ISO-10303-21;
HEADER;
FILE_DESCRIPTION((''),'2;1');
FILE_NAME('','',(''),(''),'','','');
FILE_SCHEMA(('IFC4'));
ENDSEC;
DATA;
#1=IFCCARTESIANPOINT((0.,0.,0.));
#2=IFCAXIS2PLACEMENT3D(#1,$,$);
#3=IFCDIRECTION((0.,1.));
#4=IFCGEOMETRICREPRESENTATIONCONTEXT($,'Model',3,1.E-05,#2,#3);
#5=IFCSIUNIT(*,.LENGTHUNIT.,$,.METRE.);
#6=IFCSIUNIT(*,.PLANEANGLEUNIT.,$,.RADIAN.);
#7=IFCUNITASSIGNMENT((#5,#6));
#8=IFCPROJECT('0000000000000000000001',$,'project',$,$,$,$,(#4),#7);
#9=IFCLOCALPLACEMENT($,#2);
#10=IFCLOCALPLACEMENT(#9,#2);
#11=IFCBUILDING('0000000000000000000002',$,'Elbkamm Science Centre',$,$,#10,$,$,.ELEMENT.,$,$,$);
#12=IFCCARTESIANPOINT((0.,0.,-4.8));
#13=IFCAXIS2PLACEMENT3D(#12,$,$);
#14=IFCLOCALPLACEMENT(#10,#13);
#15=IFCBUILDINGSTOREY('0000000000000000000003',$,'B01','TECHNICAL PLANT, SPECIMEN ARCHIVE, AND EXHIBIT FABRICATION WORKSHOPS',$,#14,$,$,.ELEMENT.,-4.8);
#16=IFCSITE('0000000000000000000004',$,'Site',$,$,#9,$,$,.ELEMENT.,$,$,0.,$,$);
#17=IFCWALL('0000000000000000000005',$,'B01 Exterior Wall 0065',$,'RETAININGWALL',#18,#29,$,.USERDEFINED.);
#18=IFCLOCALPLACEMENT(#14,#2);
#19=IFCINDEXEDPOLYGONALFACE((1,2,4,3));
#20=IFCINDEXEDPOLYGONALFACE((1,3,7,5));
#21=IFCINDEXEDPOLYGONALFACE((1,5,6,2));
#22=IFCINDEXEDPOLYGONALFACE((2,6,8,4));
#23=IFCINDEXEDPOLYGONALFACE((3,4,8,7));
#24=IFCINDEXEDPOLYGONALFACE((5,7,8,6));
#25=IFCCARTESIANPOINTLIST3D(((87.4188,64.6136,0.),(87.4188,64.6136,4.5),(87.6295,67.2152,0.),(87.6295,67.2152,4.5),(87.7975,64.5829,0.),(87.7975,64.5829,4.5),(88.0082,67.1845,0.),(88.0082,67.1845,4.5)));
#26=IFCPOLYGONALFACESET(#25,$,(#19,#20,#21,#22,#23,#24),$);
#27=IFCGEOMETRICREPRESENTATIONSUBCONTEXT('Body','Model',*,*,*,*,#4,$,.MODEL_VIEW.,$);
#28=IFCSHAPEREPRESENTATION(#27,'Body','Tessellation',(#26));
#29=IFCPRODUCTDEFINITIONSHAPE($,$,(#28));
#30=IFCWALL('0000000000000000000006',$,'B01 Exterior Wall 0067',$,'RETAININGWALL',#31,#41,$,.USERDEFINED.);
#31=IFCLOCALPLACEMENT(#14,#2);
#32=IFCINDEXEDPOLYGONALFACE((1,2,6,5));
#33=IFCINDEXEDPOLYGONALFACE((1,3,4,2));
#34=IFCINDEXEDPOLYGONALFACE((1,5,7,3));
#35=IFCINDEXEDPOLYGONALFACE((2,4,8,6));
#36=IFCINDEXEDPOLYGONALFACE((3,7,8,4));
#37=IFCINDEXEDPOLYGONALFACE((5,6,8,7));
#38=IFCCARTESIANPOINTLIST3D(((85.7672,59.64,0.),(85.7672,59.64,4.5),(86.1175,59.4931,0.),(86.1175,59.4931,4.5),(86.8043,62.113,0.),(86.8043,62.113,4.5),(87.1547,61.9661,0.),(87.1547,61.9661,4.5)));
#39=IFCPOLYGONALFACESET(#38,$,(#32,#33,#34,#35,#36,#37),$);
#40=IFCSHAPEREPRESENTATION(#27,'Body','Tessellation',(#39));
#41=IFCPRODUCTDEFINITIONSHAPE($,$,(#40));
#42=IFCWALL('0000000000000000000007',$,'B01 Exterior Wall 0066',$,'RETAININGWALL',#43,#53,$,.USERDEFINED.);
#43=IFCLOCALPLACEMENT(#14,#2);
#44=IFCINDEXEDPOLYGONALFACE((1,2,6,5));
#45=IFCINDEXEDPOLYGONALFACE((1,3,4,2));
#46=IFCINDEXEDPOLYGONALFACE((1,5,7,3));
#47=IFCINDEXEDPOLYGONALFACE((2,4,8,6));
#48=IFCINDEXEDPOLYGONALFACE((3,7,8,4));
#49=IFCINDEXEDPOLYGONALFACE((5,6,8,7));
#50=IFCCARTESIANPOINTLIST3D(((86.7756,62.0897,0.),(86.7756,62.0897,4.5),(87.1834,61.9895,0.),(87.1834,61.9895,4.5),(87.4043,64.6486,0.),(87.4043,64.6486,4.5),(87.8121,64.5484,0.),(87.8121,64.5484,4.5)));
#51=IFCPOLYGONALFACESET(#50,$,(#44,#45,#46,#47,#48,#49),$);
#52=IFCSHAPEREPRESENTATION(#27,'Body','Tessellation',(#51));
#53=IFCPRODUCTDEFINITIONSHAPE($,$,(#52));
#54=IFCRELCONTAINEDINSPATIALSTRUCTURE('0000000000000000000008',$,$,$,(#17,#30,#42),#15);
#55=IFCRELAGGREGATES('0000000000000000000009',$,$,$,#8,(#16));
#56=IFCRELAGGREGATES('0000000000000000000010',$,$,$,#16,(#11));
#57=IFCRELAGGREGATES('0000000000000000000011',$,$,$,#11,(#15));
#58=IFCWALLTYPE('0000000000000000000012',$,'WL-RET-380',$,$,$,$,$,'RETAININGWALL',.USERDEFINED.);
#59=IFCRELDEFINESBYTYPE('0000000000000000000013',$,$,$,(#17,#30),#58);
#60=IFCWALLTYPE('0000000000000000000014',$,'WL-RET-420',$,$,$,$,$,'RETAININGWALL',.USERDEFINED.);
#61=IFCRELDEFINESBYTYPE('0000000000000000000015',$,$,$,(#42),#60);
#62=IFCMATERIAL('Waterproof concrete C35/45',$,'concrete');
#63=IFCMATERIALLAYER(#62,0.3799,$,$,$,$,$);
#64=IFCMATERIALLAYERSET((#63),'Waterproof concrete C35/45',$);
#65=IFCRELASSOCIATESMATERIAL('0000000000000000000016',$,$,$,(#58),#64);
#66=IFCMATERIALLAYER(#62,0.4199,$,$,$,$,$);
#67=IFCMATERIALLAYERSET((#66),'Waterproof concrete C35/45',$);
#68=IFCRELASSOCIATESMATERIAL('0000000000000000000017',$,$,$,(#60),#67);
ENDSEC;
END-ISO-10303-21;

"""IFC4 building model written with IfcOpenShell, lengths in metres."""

from ifc_helpers import new_model, si_unit, direction, frame, frame_2d, origin, place, context, subcontext, project, spatial, rectangle, extrude, material, layer, layer_set, type_object, element, save


model = new_model("IFC4")

# Units and contexts
model_context = context("Model", 3, precision=1e-05, world=origin(), true_north=direction((0.0, 1.0)))
body_context = subcontext(model_context, "Body", "Model", "MODEL_VIEW")
ifc_project = project(units=[si_unit("LENGTHUNIT", "METRE"), si_unit("PLANEANGLEUNIT", "RADIAN")], contexts=[model_context])

# Site, building, storey
site_placement = place(None, origin())
site = spatial("IfcSite", under=ifc_project, at=site_placement, Name="Site", CompositionType="ELEMENT", RefElevation=0.0)
building_placement = place(site_placement, origin())
building = spatial("IfcBuilding", under=site, at=building_placement, Name="Elbkamm Science Centre", CompositionType="ELEMENT")
storey_placement = place(building_placement, frame((0.0, 0.0, -4.8)))
storey = spatial("IfcBuildingStorey", under=building, at=storey_placement, Name="B01", Description="TECHNICAL PLANT, SPECIMEN ARCHIVE, AND EXHIBIT FABRICATION WORKSHOPS", CompositionType="ELEMENT", Elevation=-4.8)

# Walls
ifc_material_1 = material(Name="Waterproof concrete C35/45", Category="concrete")
ifc_layer_1 = layer(ifc_material_1, 0.3799)
ifc_layer_set_1 = layer_set([ifc_layer_1], Name="Waterproof concrete C35/45")
wall_type_1 = type_object("IfcWallType", Name="WL-RET-380", ElementType="RETAININGWALL", PredefinedType="USERDEFINED", material=ifc_layer_set_1)
wall_1_placement = place(storey_placement, frame((87.8188, 67.2, 0.0), z_axis=(0.0, 0.0, 1.0), x_axis=(-0.080723, -0.996737, 0.0)))
element("IfcWall", 1, at=wall_1_placement, inside=storey, type_object=wall_type_1, Name="B01 Exterior Wall 0065", ObjectType="RETAININGWALL", PredefinedType="USERDEFINED", context=body_context, shape_type="SweptSolid", body=[
    extrude(rectangle(XDim=2.6101, YDim=0.3799, at=frame_2d((1.3052, 0.0))), origin(), (0.0, 0.0, 1.0), 4.5),
])
wall_2_placement = place(storey_placement, frame((86.9795, 62.0396, 0.0), z_axis=(0.0, 0.0, 1.0), x_axis=(-0.386754, -0.922183, 0.0)))
element("IfcWall", 2, at=wall_2_placement, inside=storey, type_object=wall_type_1, Name="B01 Exterior Wall 0067", ObjectType="RETAININGWALL", PredefinedType="USERDEFINED", context=body_context, shape_type="SweptSolid", body=[
    extrude(rectangle(XDim=2.6816, YDim=0.3799, at=frame_2d((1.3408, 0.0))), origin(), (0.0, 0.0, 1.0), 4.5),
])
ifc_layer_2 = layer(ifc_material_1, 0.4199)
ifc_layer_set_2 = layer_set([ifc_layer_2], Name="Waterproof concrete C35/45")
wall_type_2 = type_object("IfcWallType", Name="WL-RET-420", ElementType="RETAININGWALL", PredefinedType="USERDEFINED", material=ifc_layer_set_2)
wall_3_placement = place(storey_placement, frame((87.6082, 64.5984, 0.0), z_axis=(0.0, 0.0, 1.0), x_axis=(-0.238588, -0.971121, 0.0)))
element("IfcWall", 3, at=wall_3_placement, inside=storey, type_object=wall_type_2, Name="B01 Exterior Wall 0066", ObjectType="RETAININGWALL", PredefinedType="USERDEFINED", context=body_context, shape_type="SweptSolid", body=[
    extrude(rectangle(XDim=2.635, YDim=0.4199, at=frame_2d((1.3174, 0.0))), origin(), (0.0, 0.0, 1.0), 4.5),
])

save(model, "model.ifc")
